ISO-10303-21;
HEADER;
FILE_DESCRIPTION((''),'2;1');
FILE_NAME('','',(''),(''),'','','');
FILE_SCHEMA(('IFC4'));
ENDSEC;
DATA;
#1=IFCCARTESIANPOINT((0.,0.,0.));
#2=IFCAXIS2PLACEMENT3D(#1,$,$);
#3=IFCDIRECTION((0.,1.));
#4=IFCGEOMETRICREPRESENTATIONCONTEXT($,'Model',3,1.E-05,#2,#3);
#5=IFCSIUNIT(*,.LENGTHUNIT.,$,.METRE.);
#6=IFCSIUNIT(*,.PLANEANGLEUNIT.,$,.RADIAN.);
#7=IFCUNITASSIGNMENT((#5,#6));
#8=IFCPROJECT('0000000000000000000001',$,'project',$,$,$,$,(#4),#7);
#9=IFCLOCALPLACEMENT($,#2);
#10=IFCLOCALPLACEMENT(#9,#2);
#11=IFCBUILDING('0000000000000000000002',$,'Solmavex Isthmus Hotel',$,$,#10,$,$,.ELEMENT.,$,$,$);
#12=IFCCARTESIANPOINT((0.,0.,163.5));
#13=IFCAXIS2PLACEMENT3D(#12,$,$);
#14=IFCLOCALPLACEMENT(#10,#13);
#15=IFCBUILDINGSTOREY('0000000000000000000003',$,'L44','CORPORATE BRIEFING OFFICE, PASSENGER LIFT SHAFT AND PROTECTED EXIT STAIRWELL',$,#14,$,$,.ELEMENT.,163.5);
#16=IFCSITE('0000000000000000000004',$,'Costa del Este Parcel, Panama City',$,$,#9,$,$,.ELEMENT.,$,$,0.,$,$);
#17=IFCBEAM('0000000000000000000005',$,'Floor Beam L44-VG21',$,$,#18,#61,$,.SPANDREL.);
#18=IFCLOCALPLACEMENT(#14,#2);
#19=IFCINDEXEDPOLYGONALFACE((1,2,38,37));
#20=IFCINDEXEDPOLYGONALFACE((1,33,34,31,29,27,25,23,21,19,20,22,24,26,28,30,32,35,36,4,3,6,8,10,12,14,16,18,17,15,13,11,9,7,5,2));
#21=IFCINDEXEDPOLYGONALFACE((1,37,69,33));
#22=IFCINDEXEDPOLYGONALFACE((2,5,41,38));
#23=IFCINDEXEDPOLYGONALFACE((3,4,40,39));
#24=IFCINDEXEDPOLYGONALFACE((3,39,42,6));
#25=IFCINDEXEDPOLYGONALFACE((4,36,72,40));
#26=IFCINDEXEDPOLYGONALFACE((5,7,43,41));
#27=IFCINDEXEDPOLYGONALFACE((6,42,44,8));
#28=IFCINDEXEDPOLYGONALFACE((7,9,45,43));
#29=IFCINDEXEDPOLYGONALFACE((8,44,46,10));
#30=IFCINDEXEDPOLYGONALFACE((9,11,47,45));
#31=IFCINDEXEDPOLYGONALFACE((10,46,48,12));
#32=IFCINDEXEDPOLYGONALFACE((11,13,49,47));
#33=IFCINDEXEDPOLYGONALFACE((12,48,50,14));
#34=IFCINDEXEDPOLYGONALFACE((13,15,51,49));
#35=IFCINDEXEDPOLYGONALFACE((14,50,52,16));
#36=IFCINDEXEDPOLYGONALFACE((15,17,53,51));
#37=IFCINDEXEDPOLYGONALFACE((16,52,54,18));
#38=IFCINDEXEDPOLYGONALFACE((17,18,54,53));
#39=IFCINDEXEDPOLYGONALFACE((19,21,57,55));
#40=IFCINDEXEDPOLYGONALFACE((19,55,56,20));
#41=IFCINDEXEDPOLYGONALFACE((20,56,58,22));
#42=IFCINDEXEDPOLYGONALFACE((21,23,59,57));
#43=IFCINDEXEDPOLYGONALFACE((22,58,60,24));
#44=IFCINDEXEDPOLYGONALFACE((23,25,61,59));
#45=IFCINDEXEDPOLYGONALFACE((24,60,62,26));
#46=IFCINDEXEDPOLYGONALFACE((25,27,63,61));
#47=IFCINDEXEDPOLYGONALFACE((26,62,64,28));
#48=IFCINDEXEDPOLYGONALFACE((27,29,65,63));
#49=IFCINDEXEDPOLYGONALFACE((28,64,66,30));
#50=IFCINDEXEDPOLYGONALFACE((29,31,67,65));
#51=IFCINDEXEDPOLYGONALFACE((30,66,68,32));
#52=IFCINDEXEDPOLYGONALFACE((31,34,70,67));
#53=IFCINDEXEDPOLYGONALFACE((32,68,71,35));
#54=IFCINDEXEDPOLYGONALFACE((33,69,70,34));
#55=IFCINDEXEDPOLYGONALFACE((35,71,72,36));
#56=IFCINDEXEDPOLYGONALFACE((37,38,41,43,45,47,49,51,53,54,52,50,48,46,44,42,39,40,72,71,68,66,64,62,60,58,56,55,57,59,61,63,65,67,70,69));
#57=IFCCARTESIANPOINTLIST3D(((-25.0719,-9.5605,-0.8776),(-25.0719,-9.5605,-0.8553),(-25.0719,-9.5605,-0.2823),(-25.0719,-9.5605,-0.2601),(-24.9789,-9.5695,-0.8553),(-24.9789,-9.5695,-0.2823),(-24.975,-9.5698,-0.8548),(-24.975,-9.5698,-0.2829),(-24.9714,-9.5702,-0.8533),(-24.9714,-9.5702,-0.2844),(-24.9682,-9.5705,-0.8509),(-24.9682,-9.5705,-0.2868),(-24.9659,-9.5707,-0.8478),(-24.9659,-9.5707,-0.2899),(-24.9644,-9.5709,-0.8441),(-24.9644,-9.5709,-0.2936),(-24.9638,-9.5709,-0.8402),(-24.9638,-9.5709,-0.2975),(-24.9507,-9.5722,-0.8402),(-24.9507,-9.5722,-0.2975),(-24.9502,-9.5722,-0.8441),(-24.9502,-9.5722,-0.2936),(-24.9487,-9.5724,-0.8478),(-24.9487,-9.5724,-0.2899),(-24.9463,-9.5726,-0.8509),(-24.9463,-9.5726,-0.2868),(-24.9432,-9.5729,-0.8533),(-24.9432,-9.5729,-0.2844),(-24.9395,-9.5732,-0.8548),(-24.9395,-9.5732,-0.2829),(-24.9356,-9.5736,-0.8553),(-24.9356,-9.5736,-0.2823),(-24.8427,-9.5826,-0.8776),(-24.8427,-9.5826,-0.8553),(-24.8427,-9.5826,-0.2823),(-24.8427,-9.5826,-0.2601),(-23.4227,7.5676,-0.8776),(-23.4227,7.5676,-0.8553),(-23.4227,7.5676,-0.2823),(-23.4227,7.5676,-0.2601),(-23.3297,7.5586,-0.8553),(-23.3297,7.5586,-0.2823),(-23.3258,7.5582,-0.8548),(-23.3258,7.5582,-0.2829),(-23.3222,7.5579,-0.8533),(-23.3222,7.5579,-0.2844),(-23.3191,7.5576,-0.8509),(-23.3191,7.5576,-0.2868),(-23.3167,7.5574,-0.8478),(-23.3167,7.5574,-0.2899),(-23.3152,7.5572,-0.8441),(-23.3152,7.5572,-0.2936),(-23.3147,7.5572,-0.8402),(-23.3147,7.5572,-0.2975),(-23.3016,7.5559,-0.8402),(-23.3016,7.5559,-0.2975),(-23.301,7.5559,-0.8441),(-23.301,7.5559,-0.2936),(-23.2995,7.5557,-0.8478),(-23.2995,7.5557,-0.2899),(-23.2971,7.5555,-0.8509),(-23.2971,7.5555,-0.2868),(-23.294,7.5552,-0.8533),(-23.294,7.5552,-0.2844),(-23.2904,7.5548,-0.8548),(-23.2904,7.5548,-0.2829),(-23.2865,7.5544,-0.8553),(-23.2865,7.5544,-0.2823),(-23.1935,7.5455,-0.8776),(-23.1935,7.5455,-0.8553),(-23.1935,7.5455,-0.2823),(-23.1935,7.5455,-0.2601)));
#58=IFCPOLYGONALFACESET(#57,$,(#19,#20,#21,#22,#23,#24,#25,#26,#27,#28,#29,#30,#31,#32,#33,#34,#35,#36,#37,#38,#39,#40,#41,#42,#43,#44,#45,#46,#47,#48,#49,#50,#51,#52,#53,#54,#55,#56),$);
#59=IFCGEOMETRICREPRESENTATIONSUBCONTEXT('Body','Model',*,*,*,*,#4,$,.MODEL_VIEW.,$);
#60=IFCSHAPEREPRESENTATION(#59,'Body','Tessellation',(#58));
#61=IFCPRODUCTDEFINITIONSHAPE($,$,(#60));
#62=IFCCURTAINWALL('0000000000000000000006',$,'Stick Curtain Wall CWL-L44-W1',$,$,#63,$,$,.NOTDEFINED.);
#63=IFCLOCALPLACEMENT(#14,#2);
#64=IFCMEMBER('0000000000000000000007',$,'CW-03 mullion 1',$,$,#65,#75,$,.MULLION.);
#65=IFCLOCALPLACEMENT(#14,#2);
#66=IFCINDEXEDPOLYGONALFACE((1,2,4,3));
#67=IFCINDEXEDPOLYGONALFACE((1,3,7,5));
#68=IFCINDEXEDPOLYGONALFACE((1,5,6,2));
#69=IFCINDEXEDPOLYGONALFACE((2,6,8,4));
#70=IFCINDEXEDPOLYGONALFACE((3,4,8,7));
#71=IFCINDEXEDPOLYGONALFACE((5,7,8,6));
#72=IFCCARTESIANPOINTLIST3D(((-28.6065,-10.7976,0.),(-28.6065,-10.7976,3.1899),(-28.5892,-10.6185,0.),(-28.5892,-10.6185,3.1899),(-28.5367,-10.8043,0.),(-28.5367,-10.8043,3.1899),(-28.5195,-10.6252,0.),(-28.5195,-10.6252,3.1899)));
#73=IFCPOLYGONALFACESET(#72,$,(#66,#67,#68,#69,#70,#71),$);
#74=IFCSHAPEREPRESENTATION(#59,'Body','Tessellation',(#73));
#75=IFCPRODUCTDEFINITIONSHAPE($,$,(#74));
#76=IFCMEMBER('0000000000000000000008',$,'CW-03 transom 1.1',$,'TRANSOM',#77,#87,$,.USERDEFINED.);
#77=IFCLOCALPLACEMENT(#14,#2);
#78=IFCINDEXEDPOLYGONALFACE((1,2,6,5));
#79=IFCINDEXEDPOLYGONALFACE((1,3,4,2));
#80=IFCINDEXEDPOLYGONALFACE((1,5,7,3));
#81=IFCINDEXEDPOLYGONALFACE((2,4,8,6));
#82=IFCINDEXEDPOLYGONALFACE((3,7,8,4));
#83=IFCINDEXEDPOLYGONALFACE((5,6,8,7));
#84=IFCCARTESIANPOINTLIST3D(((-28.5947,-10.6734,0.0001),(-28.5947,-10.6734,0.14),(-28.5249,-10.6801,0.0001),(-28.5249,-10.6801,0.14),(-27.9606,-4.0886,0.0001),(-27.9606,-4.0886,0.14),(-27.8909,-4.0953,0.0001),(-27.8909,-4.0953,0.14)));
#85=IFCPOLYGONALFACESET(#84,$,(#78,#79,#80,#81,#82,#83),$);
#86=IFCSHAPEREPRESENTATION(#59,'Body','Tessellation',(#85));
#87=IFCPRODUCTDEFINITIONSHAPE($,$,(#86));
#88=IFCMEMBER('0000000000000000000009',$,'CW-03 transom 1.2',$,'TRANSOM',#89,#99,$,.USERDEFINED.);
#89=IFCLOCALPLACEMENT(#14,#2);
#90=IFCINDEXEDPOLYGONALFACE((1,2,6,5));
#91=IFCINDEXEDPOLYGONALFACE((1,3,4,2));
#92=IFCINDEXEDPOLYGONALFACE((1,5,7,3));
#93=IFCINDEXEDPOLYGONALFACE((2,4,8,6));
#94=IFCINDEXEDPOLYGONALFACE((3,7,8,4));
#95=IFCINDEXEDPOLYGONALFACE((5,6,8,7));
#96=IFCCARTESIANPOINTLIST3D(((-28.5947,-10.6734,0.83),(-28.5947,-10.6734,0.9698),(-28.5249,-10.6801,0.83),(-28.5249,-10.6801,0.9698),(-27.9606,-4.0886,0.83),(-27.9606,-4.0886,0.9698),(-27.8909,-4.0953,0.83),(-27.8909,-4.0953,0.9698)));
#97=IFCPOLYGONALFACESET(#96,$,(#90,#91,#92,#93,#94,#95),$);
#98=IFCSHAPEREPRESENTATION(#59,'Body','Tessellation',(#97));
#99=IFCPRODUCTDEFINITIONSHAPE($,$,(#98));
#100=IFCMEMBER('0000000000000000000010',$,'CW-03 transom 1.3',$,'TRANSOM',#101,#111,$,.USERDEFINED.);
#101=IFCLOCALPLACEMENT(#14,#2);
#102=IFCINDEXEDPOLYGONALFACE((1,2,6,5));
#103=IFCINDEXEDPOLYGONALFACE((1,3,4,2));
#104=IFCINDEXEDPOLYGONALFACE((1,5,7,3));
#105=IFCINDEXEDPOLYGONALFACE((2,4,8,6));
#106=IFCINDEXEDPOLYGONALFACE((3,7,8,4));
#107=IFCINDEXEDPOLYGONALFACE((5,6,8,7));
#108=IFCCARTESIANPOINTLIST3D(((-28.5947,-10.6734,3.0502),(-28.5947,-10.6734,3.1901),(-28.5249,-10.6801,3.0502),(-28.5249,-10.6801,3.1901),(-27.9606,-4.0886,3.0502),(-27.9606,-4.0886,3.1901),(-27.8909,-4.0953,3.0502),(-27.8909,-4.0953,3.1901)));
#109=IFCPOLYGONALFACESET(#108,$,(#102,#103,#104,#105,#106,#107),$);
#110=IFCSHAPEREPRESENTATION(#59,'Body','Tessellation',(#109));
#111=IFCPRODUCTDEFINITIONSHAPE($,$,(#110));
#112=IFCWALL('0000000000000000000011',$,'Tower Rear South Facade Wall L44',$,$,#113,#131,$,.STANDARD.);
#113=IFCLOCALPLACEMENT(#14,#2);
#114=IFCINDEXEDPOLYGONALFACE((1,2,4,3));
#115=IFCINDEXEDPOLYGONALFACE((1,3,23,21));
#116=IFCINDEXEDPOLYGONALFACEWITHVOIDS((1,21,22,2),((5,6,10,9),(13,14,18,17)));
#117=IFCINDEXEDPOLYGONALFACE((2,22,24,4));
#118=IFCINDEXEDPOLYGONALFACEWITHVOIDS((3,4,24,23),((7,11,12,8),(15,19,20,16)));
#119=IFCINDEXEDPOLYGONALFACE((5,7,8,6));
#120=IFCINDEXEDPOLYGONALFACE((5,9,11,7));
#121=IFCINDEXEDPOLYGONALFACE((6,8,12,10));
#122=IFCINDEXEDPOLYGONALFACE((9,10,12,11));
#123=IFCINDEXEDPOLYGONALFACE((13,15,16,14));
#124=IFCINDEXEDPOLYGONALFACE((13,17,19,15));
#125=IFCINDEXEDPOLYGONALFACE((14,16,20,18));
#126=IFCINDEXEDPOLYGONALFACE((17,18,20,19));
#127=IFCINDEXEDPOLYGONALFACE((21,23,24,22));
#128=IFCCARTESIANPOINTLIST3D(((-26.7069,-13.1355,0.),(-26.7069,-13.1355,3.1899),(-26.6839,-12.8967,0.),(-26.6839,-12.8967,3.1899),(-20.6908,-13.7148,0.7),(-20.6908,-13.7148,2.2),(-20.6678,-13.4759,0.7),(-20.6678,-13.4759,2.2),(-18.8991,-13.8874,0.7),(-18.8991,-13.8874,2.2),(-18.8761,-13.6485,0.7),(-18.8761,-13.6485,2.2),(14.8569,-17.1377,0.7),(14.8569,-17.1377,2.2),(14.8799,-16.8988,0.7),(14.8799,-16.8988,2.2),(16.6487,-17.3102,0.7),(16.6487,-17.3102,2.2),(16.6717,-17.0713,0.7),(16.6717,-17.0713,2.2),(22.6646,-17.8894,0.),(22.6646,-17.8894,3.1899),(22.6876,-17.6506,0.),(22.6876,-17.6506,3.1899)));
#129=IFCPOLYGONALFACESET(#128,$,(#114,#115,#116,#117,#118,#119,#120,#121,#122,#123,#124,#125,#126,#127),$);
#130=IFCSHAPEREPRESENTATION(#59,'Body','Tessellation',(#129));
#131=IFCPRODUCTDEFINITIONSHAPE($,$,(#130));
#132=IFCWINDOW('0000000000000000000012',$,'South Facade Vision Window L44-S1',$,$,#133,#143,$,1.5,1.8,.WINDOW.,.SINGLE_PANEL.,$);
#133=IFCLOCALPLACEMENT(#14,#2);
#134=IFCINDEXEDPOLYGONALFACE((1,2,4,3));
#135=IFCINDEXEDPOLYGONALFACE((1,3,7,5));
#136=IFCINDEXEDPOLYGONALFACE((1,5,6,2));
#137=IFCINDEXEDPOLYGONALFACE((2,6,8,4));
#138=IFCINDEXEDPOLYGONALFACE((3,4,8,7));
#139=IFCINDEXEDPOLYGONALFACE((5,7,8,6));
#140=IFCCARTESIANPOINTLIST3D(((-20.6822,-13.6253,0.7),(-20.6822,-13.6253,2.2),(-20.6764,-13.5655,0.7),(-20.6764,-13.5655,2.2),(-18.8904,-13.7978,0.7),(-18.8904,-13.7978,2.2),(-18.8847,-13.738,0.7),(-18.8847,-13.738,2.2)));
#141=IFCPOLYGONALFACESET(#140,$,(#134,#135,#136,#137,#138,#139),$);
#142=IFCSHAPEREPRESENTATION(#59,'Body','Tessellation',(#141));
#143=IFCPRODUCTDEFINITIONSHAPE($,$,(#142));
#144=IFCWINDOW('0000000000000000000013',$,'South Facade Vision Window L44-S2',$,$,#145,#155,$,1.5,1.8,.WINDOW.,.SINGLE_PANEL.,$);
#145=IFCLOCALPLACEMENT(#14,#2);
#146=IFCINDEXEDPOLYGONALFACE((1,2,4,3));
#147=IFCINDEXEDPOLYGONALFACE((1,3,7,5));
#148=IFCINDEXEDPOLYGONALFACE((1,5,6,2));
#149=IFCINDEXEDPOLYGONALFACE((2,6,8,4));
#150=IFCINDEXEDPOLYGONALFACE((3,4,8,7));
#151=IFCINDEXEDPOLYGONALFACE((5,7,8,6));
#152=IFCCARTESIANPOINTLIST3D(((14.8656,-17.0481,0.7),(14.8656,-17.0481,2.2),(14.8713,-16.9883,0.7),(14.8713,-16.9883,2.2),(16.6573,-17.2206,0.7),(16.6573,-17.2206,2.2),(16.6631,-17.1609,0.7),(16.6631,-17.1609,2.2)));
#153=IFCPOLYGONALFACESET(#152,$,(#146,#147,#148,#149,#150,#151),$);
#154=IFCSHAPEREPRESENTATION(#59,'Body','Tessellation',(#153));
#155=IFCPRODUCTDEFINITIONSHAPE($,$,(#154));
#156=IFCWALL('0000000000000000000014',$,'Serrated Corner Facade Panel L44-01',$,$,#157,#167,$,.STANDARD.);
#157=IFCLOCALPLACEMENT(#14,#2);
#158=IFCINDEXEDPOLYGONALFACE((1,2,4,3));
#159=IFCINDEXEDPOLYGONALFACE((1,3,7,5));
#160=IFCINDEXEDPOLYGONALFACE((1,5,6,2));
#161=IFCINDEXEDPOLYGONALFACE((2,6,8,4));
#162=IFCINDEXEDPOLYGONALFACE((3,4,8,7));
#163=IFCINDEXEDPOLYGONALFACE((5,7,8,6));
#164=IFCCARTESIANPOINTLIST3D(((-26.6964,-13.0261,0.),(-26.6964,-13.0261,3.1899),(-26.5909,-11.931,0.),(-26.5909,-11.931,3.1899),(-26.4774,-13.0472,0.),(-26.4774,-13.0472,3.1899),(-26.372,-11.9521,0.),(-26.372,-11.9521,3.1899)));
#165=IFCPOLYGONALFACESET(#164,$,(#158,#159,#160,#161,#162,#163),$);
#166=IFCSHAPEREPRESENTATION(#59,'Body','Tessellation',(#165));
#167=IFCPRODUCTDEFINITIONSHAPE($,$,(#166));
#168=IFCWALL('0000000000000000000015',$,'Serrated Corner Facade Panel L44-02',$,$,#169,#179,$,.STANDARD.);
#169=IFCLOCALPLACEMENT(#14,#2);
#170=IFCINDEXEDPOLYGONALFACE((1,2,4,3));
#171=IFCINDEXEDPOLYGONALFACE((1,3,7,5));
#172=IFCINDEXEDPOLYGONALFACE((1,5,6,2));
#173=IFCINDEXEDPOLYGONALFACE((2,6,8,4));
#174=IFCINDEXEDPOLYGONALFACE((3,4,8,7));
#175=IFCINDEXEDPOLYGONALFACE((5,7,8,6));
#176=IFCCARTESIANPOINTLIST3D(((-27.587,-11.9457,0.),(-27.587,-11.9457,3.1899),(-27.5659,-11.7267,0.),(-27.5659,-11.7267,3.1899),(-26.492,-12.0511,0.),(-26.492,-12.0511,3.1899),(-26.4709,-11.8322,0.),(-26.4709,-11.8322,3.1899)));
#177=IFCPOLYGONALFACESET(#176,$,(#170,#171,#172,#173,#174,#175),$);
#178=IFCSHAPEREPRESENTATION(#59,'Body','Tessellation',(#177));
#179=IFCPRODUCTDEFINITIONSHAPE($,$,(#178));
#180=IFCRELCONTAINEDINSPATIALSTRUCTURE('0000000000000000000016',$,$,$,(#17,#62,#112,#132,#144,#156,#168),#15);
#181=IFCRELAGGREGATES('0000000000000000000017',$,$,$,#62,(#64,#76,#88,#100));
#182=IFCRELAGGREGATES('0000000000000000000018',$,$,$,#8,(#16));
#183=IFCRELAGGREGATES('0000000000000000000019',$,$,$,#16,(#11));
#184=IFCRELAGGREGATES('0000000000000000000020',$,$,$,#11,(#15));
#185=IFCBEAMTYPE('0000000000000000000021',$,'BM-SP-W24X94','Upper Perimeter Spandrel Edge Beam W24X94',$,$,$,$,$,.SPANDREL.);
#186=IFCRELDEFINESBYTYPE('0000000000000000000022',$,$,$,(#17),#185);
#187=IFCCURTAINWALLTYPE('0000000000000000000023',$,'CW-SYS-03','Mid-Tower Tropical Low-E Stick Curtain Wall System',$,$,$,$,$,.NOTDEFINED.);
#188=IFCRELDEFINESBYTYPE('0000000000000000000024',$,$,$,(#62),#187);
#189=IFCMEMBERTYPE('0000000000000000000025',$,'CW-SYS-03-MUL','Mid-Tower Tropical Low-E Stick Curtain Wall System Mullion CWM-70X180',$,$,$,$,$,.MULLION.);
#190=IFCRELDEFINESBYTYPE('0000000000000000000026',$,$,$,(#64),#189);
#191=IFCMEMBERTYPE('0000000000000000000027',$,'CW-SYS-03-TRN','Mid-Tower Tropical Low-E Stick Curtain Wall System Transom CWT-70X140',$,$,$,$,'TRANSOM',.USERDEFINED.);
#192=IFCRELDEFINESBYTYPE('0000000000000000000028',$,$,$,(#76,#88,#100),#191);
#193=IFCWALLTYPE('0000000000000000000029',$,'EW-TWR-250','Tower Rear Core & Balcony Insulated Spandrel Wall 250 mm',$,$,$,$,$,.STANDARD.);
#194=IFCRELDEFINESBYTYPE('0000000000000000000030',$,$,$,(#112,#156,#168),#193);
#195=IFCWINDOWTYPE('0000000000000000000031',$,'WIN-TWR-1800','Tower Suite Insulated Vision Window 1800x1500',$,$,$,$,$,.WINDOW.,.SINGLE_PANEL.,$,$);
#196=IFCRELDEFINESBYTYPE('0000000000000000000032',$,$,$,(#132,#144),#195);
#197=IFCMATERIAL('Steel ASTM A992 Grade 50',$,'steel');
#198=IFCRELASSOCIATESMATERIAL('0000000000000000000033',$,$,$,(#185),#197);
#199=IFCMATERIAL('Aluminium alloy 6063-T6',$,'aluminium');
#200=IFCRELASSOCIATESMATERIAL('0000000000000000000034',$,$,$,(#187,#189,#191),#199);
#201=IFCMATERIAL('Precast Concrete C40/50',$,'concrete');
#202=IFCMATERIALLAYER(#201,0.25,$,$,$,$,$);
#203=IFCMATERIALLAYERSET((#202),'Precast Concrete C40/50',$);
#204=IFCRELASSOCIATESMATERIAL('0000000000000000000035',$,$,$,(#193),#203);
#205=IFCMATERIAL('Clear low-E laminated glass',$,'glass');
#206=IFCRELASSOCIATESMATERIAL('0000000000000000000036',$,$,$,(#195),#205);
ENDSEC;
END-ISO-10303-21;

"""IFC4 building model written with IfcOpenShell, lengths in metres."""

from ifc_helpers import new_model, si_unit, direction, frame, frame_2d, origin, origin_2d, place, context, subcontext, project, spatial, rectangle, i_section, extrude, material, layer, layer_set, material_profile, profile_set, type_object, element, fill, aggregate, save


model = new_model("IFC4")

# Units and contexts
model_context = context("Model", 3, precision=1e-05, world=origin(), true_north=direction((0.0, 1.0)))
body_context = subcontext(model_context, "Body", "Model", "MODEL_VIEW")
ifc_project = project(units=[si_unit("LENGTHUNIT", "METRE"), si_unit("PLANEANGLEUNIT", "RADIAN")], contexts=[model_context])

# Site, building, storey
site_placement = place(None, origin())
site = spatial("IfcSite", under=ifc_project, at=site_placement, Name="Costa del Este Parcel, Panama City", CompositionType="ELEMENT", RefElevation=0.0)
building_placement = place(site_placement, origin())
building = spatial("IfcBuilding", under=site, at=building_placement, Name="Solmavex Isthmus Hotel", CompositionType="ELEMENT")
storey_placement = place(building_placement, frame((0.0, 0.0, 163.5)))
storey = spatial("IfcBuildingStorey", under=building, at=storey_placement, Name="L44", Description="CORPORATE BRIEFING OFFICE, PASSENGER LIFT SHAFT AND PROTECTED EXIT STAIRWELL", CompositionType="ELEMENT", Elevation=163.5)

# Beam
ifc_material_1 = material(Name="Steel ASTM A992 Grade 50", Category="steel")
ifc_material_profile_1 = material_profile(ifc_material_1, i_section(OverallWidth=0.2302, OverallDepth=0.6174, WebThickness=0.0132, FlangeThickness=0.0222, FilletRadius=0.0151, at=origin_2d()), Name="W24X94")
ifc_profile_set_1 = profile_set([ifc_material_profile_1], Name="Steel ASTM A992 Grade 50")
beam_type_1 = type_object("IfcBeamType", Name="BM-SP-W24X94", Description="Upper Perimeter Spandrel Edge Beam W24X94", PredefinedType="SPANDREL", material=ifc_profile_set_1)
beam_1_placement = place(storey_placement, frame((-24.9573, -9.5715, -0.5688), z_axis=(0.095841, 0.995397, 0.0), x_axis=(-0.995397, 0.095841, 0.0)))
element("IfcBeam", 1, at=beam_1_placement, inside=storey, type_object=beam_type_1, Name="Floor Beam L44-VG21", PredefinedType="SPANDREL", context=body_context, shape_type="SweptSolid", body=[
    extrude(i_section(OverallWidth=0.2302, OverallDepth=0.6174, WebThickness=0.0132, FlangeThickness=0.0222, FilletRadius=0.0151, at=origin_2d()), origin(), (0.0, 0.0, 1.0), 17.2073),
])

# Curtain wall, members
ifc_material_2 = material(Name="Aluminium alloy 6063-T6", Category="aluminium")
curtain_wall_type = type_object("IfcCurtainWallType", Name="CW-SYS-03", Description="Mid-Tower Tropical Low-E Stick Curtain Wall System", PredefinedType="NOTDEFINED", material=ifc_material_2)
curtain_wall_placement = place(storey_placement, origin())
curtain_wall = element("IfcCurtainWall", 2, at=curtain_wall_placement, inside=storey, type_object=curtain_wall_type, Name="Stick Curtain Wall CWL-L44-W1", PredefinedType="NOTDEFINED")
ifc_material_profile_2 = material_profile(ifc_material_2, rectangle(XDim=0.0701, YDim=0.1799, at=origin_2d()), Name="CWM-70X180")
ifc_profile_set_2 = profile_set([ifc_material_profile_2], Name="Aluminium alloy 6063-T6")
member_type_1 = type_object("IfcMemberType", Name="CW-SYS-03-MUL", Description="Mid-Tower Tropical Low-E Stick Curtain Wall System Mullion CWM-70X180", PredefinedType="MULLION", material=ifc_profile_set_2)
member_1_placement = place(storey_placement, frame((-28.563, -10.7114, 0.0), z_axis=(0.0, 0.0, 1.0), x_axis=(-0.995396, 0.095846, 0.0)))
member_1 = element("IfcMember", 3, at=member_1_placement, type_object=member_type_1, Name="CW-03 mullion 1", PredefinedType="MULLION", context=body_context, shape_type="SweptSolid", body=[
    extrude(rectangle(XDim=0.0701, YDim=0.1799, at=origin_2d()), origin(), (0.0, 0.0, 1.0), 3.1899),
])
ifc_material_profile_3 = material_profile(ifc_material_2, rectangle(XDim=0.0701, YDim=0.1399, at=origin_2d()), Name="CWT-70X140")
ifc_profile_set_3 = profile_set([ifc_material_profile_3], Name="Aluminium alloy 6063-T6")
member_type_2 = type_object("IfcMemberType", Name="CW-SYS-03-TRN", Description="Mid-Tower Tropical Low-E Stick Curtain Wall System Transom CWT-70X140", ElementType="TRANSOM", PredefinedType="USERDEFINED", material=ifc_profile_set_3)
member_2_placement = place(storey_placement, frame((-28.5598, -10.6768, 0.0701), z_axis=(0.095845, 0.995396, 0.0), x_axis=(-0.995396, 0.095845, 0.0)))
member_2 = element("IfcMember", 4, at=member_2_placement, type_object=member_type_2, Name="CW-03 transom 1.1", ObjectType="TRANSOM", PredefinedType="USERDEFINED", context=body_context, shape_type="SweptSolid", body=[
    extrude(rectangle(XDim=0.0701, YDim=0.1399, at=origin_2d()), origin(), (0.0, 0.0, 1.0), 6.6152),
])
member_3_placement = place(storey_placement, frame((-28.5598, -10.6768, 0.8999), z_axis=(0.095845, 0.995396, 0.0), x_axis=(-0.995396, 0.095845, 0.0)))
member_3 = element("IfcMember", 5, at=member_3_placement, type_object=member_type_2, Name="CW-03 transom 1.2", ObjectType="TRANSOM", PredefinedType="USERDEFINED", context=body_context, shape_type="SweptSolid", body=[
    extrude(rectangle(XDim=0.0701, YDim=0.1399, at=origin_2d()), origin(), (0.0, 0.0, 1.0), 6.6152),
])
member_4_placement = place(storey_placement, frame((-28.5598, -10.6768, 3.1201), z_axis=(0.095845, 0.995396, 0.0), x_axis=(-0.995396, 0.095845, 0.0)))
member_4 = element("IfcMember", 6, at=member_4_placement, type_object=member_type_2, Name="CW-03 transom 1.3", ObjectType="TRANSOM", PredefinedType="USERDEFINED", context=body_context, shape_type="SweptSolid", body=[
    extrude(rectangle(XDim=0.0701, YDim=0.1399, at=origin_2d()), origin(), (0.0, 0.0, 1.0), 6.6152),
])
aggregate(curtain_wall, [member_1, member_2, member_3, member_4])

# Wall, openings, windows
ifc_material_3 = material(Name="Precast Concrete C40/50", Category="concrete")
ifc_layer_1 = layer(ifc_material_3, 0.25)
ifc_layer_set_1 = layer_set([ifc_layer_1], Name="Precast Concrete C40/50")
wall_type_1 = type_object("IfcWallType", Name="EW-TWR-250", Description="Tower Rear Core & Balcony Insulated Spandrel Wall 250 mm", PredefinedType="STANDARD", material=ifc_layer_set_1)
wall_1_placement = place(storey_placement, frame((-26.6953, -13.0161, 0.0), z_axis=(0.0, 0.0, 1.0), x_axis=(0.995396, -0.095845, 0.0)))
wall_1 = element("IfcWall", 7, at=wall_1_placement, inside=storey, type_object=wall_type_1, Name="Tower Rear South Facade Wall L44", PredefinedType="STANDARD", context=body_context, shape_type="SweptSolid", body=[
    extrude(rectangle(XDim=49.5999, YDim=0.24, at=frame_2d((24.7998, 0.0))), origin(), (0.0, 0.0, 1.0), 3.1899),
])
opening_1_placement = place(wall_1_placement, frame((6.0439, 0.0, 0.7)))
opening_1 = element("IfcOpeningElement", 8, at=opening_1_placement, cuts=wall_1, PredefinedType="OPENING", context=body_context, shape_type="SweptSolid", body=[
    extrude(rectangle(XDim=1.8, YDim=1.5, at=frame_2d((0.8999, 0.75))), frame((0.0, 0.1299, 0.0), z_axis=(0.0, -1.0, 0.0), x_axis=(1.0, 0.0, 0.0)), (0.0, 0.0, 1.0), 0.26),
])
opening_2_placement = place(wall_1_placement, frame((41.7561, 0.0, 0.7)))
opening_2 = element("IfcOpeningElement", 9, at=opening_2_placement, cuts=wall_1, PredefinedType="OPENING", context=body_context, shape_type="SweptSolid", body=[
    extrude(rectangle(XDim=1.8, YDim=1.5, at=frame_2d((0.8999, 0.75))), frame((0.0, 0.1299, 0.0), z_axis=(0.0, -1.0, 0.0), x_axis=(1.0, 0.0, 0.0)), (0.0, 0.0, 1.0), 0.26),
])
ifc_material_4 = material(Name="Clear low-E laminated glass", Category="glass")
window_type = type_object("IfcWindowType", Name="WIN-TWR-1800", Description="Tower Suite Insulated Vision Window 1800x1500", PartitioningType="SINGLE_PANEL", PredefinedType="WINDOW", material=ifc_material_4)
window_1_placement = place(opening_1_placement, origin())
window_1 = element("IfcWindow", 10, at=window_1_placement, inside=storey, type_object=window_type, Name="South Facade Vision Window L44-S1", OverallHeight=1.5, OverallWidth=1.8, PartitioningType="SINGLE_PANEL", PredefinedType="WINDOW", context=body_context, shape_type="SweptSolid", body=[
    extrude(rectangle(XDim=1.8, YDim=1.5, at=frame_2d((0.8999, 0.75))), frame((0.0, 0.03, 0.0), z_axis=(0.0, -1.0, 0.0), x_axis=(1.0, 0.0, 0.0)), (0.0, 0.0, 1.0), 0.0601),
])
fill(opening_1, window_1)
window_2_placement = place(opening_2_placement, origin())
window_2 = element("IfcWindow", 11, at=window_2_placement, inside=storey, type_object=window_type, Name="South Facade Vision Window L44-S2", OverallHeight=1.5, OverallWidth=1.8, PartitioningType="SINGLE_PANEL", PredefinedType="WINDOW", context=body_context, shape_type="SweptSolid", body=[
    extrude(rectangle(XDim=1.8, YDim=1.5, at=frame_2d((0.8999, 0.75))), frame((0.0, 0.03, 0.0), z_axis=(0.0, -1.0, 0.0), x_axis=(1.0, 0.0, 0.0)), (0.0, 0.0, 1.0), 0.0601),
])
fill(opening_2, window_2)

# Walls
for number, where, z_axis, x_axis, name in (
    (12, (-26.5869, -13.0366, 0.0), (0.0, 0.0, 1.0), (0.095877, 0.995393, 0.0), "Serrated Corner Facade Panel L44-01"),
    (13, (-26.4814, -11.9417, 0.0), (0.0, 0.0, 1.0), (-0.995393, 0.095877, 0.0), "Serrated Corner Facade Panel L44-02"),
):
    element("IfcWall", number, at=place(storey_placement, frame(where, z_axis=z_axis, x_axis=x_axis)), inside=storey, type_object=wall_type_1, Name=name, PredefinedType="STANDARD", context=body_context, shape_type="SweptSolid", body=[
        extrude(rectangle(XDim=1.1001, YDim=0.22, at=frame_2d((0.55, 0.0))), origin(), (0.0, 0.0, 1.0), 3.1899),
    ])

save(model, "model.ifc")
